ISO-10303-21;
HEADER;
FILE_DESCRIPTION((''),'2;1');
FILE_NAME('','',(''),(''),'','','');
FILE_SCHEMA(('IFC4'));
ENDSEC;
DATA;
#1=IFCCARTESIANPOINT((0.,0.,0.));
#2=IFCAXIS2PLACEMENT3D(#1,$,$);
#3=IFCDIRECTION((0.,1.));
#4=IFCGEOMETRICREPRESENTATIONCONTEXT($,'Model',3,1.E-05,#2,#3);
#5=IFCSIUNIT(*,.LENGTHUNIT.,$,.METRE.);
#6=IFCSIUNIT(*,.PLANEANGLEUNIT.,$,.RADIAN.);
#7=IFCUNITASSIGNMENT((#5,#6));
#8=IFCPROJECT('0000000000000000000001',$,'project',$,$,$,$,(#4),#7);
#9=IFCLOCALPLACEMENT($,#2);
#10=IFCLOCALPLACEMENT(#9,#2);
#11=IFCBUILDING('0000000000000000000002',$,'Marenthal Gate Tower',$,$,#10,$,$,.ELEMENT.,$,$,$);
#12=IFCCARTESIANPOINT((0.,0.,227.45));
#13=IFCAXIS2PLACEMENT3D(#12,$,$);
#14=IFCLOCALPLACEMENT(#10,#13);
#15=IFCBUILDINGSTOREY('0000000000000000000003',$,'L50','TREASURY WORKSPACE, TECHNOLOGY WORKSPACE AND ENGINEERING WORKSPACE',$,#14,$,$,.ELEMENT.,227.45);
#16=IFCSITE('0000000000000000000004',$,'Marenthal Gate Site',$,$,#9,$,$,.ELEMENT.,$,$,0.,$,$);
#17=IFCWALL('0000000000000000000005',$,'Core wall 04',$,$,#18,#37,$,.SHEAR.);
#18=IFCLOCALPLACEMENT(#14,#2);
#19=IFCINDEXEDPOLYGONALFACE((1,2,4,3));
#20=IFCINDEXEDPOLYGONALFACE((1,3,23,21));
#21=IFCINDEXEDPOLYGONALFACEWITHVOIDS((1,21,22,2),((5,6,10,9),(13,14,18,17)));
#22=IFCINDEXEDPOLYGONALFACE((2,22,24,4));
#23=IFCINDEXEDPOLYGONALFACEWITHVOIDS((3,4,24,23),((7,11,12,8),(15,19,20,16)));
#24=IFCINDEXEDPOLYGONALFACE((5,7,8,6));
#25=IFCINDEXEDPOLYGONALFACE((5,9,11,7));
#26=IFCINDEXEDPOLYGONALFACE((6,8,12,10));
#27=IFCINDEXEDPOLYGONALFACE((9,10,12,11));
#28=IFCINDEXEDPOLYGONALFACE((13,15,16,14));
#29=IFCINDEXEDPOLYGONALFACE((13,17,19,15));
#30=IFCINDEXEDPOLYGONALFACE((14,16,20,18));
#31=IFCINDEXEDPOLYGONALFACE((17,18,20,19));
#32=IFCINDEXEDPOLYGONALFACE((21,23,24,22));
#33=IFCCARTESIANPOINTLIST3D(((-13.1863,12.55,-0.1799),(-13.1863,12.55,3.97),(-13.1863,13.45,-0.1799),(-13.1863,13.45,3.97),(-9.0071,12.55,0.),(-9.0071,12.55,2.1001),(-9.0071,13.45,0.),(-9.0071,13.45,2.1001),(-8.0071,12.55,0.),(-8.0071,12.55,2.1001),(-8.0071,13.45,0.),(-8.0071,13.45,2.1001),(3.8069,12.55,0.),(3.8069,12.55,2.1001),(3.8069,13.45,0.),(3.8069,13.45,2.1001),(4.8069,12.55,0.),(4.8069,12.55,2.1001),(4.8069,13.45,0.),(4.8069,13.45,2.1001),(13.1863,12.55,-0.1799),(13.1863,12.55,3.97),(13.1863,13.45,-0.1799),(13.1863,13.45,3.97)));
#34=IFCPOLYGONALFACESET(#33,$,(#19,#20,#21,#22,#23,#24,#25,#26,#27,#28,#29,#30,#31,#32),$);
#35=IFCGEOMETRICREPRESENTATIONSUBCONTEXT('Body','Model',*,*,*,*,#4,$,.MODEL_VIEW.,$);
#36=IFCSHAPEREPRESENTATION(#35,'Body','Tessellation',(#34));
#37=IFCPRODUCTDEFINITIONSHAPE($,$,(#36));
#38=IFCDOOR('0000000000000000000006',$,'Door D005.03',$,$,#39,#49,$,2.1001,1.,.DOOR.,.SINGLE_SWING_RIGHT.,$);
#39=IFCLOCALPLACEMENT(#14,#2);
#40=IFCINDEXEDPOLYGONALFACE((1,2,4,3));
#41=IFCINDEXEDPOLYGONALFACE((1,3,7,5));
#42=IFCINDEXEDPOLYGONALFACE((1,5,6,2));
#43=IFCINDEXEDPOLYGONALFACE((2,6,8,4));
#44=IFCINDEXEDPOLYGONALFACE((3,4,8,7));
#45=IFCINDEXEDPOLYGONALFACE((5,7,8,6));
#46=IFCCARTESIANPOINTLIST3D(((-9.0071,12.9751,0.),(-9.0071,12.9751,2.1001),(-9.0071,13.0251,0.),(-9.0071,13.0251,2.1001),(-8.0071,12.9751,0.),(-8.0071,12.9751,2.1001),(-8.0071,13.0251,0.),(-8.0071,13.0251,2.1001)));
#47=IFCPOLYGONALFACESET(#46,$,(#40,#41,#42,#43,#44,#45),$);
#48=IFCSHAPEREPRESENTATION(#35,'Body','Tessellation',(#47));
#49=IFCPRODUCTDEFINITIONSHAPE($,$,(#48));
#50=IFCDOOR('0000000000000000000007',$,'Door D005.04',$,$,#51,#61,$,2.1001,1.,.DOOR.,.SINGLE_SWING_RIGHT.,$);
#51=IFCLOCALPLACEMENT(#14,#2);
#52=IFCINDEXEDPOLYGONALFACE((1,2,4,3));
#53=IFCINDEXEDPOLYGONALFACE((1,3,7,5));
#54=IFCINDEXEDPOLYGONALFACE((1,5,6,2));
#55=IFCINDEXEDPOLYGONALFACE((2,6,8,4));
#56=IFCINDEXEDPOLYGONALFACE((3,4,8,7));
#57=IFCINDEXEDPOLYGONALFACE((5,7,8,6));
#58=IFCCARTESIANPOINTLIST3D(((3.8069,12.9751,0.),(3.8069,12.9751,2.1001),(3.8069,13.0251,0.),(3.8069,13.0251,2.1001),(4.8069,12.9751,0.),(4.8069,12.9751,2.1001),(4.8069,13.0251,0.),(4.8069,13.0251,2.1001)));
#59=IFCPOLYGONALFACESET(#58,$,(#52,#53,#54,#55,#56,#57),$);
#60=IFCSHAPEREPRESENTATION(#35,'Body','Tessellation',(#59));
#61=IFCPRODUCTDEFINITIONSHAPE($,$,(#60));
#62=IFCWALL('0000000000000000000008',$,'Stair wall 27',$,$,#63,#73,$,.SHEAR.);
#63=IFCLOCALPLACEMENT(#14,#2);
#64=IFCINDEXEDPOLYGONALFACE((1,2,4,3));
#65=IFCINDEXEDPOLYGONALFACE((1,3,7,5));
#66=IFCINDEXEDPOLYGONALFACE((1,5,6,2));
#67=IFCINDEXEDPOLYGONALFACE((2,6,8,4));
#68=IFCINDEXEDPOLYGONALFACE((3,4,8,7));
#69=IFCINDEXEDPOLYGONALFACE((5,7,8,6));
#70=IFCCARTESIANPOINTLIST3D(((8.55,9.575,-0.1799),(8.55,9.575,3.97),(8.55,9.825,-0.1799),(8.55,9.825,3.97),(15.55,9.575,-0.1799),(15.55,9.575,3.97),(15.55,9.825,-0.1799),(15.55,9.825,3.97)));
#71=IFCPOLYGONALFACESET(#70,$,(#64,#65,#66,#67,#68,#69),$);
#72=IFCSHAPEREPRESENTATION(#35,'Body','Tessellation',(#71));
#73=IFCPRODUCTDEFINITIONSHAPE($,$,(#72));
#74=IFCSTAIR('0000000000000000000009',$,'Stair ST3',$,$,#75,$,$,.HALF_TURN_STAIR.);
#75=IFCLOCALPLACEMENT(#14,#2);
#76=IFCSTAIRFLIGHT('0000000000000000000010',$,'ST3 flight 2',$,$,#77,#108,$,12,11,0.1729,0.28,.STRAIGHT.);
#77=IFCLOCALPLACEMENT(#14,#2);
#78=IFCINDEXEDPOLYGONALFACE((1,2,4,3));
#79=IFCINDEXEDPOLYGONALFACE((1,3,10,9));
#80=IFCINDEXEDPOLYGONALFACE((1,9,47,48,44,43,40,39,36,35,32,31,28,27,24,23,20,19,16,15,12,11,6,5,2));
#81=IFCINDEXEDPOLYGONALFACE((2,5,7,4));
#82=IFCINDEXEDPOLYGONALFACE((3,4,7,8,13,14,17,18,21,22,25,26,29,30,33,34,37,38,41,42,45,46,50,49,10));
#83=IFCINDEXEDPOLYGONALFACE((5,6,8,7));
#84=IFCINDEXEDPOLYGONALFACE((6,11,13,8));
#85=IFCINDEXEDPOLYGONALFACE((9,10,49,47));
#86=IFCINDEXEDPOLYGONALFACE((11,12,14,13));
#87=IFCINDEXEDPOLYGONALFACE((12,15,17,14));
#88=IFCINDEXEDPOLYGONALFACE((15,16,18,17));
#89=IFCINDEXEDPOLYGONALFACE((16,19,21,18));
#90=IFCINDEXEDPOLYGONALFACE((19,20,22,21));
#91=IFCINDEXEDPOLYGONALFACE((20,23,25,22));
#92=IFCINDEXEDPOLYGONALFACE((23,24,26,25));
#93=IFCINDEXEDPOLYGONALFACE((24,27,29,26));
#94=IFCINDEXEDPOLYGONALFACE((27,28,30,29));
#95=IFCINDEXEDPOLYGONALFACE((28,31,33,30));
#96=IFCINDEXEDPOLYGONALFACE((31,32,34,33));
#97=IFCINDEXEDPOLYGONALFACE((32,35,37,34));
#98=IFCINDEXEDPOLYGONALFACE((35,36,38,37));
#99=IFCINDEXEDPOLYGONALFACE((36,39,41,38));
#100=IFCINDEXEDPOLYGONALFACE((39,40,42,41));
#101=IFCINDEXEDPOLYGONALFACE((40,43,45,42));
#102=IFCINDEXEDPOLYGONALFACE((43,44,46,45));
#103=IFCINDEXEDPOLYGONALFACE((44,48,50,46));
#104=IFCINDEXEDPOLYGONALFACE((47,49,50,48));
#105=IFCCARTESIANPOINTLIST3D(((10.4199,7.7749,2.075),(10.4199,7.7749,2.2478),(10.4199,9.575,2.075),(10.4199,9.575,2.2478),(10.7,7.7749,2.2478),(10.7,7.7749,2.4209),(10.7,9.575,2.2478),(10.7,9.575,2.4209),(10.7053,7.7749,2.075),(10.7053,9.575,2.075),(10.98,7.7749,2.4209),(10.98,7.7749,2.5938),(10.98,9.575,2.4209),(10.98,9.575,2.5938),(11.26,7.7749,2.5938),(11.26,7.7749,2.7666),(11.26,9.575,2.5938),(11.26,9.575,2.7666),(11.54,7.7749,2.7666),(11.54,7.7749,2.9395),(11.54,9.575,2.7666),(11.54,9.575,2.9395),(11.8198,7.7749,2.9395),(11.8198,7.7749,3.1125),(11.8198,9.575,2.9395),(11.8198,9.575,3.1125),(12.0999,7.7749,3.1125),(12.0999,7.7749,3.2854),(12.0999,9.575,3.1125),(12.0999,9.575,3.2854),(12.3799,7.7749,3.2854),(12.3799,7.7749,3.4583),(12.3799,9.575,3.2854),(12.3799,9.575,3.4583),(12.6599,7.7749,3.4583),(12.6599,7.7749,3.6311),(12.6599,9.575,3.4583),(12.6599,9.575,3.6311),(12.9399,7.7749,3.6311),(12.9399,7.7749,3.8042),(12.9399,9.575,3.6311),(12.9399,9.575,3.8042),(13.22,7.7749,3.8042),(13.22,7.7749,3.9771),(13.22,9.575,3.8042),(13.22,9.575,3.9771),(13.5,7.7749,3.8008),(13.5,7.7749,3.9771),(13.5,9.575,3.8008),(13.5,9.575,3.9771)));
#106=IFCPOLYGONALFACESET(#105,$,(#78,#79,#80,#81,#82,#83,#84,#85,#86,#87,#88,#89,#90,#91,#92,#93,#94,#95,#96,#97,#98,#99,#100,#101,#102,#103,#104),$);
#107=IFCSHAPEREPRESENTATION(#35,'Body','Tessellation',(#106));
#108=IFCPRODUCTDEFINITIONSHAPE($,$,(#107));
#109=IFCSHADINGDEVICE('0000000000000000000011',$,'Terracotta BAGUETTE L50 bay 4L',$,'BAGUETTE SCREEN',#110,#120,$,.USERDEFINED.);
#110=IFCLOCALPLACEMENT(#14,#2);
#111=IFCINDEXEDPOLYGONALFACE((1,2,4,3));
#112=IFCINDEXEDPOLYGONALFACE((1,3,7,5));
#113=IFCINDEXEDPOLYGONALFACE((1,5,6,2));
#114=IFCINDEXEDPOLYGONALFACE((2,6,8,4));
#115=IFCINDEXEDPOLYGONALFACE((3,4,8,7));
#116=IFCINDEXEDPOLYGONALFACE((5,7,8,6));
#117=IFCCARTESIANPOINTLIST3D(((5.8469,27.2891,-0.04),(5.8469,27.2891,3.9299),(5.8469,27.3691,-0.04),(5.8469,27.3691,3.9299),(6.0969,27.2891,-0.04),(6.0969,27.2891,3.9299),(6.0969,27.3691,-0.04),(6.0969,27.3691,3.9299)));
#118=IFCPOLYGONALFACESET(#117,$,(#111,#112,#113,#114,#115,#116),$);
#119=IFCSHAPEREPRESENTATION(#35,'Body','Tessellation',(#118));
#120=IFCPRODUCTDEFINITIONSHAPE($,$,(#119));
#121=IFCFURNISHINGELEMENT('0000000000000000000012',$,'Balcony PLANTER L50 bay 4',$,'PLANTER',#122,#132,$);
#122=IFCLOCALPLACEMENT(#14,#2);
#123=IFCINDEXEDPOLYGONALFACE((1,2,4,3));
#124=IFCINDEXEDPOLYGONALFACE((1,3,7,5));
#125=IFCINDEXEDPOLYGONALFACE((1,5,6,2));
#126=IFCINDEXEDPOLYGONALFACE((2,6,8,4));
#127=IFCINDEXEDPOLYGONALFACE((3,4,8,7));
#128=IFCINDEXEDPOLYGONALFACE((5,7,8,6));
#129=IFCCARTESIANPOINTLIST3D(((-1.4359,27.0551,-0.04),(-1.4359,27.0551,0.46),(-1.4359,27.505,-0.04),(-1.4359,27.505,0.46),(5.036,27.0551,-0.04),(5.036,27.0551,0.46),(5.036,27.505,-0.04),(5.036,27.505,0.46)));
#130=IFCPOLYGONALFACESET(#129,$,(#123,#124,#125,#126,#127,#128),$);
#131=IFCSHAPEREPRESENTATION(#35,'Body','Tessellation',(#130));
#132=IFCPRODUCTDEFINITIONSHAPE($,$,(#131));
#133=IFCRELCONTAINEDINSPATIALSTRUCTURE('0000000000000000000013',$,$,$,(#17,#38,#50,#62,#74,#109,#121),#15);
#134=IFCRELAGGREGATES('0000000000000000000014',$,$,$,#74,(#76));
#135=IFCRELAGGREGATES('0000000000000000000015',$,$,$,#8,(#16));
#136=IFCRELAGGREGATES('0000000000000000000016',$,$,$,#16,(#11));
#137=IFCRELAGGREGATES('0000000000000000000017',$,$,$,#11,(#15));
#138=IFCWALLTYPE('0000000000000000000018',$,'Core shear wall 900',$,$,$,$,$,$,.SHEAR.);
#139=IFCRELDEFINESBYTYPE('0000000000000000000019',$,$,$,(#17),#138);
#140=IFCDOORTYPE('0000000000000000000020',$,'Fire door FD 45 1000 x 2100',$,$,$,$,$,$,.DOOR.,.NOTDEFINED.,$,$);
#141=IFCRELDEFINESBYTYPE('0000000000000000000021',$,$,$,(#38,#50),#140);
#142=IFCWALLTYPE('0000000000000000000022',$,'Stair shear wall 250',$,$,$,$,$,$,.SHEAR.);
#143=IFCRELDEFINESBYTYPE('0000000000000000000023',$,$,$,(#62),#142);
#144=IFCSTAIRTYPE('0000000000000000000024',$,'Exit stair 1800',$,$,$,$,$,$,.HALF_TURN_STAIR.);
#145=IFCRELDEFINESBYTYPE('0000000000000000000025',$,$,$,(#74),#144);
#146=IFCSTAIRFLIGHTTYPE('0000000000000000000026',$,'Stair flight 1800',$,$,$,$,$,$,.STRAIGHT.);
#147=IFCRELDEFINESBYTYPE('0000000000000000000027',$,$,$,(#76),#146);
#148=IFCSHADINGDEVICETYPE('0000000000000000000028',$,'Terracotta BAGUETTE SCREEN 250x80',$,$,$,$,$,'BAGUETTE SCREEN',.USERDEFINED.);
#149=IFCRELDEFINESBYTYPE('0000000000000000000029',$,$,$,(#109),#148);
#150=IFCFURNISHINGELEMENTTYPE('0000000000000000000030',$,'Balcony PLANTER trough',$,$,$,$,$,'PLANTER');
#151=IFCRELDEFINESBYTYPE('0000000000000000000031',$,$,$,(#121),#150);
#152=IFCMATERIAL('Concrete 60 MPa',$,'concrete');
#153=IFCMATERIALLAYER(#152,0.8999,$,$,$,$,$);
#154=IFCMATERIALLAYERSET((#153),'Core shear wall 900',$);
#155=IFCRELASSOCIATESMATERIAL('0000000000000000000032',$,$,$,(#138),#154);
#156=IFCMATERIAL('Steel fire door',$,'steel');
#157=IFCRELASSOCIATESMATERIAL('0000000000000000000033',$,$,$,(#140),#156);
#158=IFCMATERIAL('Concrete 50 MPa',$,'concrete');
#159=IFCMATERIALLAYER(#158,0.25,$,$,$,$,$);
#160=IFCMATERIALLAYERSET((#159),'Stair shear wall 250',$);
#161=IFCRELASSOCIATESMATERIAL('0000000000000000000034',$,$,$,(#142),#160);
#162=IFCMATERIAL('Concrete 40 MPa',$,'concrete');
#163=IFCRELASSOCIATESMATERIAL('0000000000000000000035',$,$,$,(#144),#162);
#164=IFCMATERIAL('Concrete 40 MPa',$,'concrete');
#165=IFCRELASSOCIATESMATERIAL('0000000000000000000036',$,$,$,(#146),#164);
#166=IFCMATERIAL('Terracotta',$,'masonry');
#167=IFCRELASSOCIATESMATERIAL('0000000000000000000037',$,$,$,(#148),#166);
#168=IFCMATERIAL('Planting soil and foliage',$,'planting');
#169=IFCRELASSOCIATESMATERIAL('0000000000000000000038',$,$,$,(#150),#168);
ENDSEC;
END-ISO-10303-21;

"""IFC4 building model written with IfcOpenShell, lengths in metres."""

from ifc_helpers import new_model, si_unit, direction, frame, frame_2d, origin, origin_2d, place, context, subcontext, project, spatial, polyline, rectangle, outline, extrude, material, layer, layer_set, material_profile, profile_set, type_object, element, fill, aggregate, save


model = new_model("IFC4")

# Units and contexts
model_context = context("Model", 3, precision=1e-05, world=origin(), true_north=direction((0.0, 1.0)))
body_context = subcontext(model_context, "Body", "Model", "MODEL_VIEW")
ifc_project = project(units=[si_unit("LENGTHUNIT", "METRE"), si_unit("PLANEANGLEUNIT", "RADIAN")], contexts=[model_context])

# Site, building, storey
site_placement = place(None, origin())
site = spatial("IfcSite", under=ifc_project, at=site_placement, Name="Marenthal Gate Site", CompositionType="ELEMENT", RefElevation=0.0)
building_placement = place(site_placement, origin())
building = spatial("IfcBuilding", under=site, at=building_placement, Name="Marenthal Gate Tower", CompositionType="ELEMENT")
storey_placement = place(building_placement, frame((0.0, 0.0, 227.45)))
storey = spatial("IfcBuildingStorey", under=building, at=storey_placement, Name="L50", Description="TREASURY WORKSPACE, TECHNOLOGY WORKSPACE AND ENGINEERING WORKSPACE", CompositionType="ELEMENT", Elevation=227.45)

# Wall, openings, doors
ifc_material_1 = material(Name="Concrete 60 MPa", Category="concrete")
ifc_layer_1 = layer(ifc_material_1, 0.8999)
ifc_layer_set_1 = layer_set([ifc_layer_1], Name="Core shear wall 900")
wall_type_1 = type_object("IfcWallType", Name="Core shear wall 900", PredefinedType="SHEAR", material=ifc_layer_set_1)
wall_1_placement = place(storey_placement, frame((13.1863, 13.0, -0.1799), z_axis=(0.0, 0.0, 1.0), x_axis=(-1.0, 0.0, 0.0)))
wall_1 = element("IfcWall", 1, at=wall_1_placement, inside=storey, type_object=wall_type_1, Name="Core wall 04", PredefinedType="SHEAR", context=body_context, shape_type="SweptSolid", body=[
    extrude(rectangle(XDim=26.3726, YDim=0.8999, at=frame_2d((13.1863, 0.0))), origin(), (0.0, 0.0, 1.0), 4.1499),
])
opening_1_placement = place(wall_1_placement, frame((21.1934, 0.0, 0.1799)))
opening_1 = element("IfcOpeningElement", 2, at=opening_1_placement, cuts=wall_1, PredefinedType="OPENING", context=body_context, shape_type="SweptSolid", body=[
    extrude(rectangle(XDim=1.0, YDim=2.1001, at=frame_2d((0.5, 1.05))), frame((0.0, 0.46, 0.0), z_axis=(0.0, -1.0, 0.0), x_axis=(1.0, 0.0, 0.0)), (0.0, 0.0, 1.0), 0.9199),
])
opening_2_placement = place(wall_1_placement, frame((8.3794, 0.0, 0.1799)))
opening_2 = element("IfcOpeningElement", 3, at=opening_2_placement, cuts=wall_1, PredefinedType="OPENING", context=body_context, shape_type="SweptSolid", body=[
    extrude(rectangle(XDim=1.0, YDim=2.1001, at=frame_2d((0.5, 1.05))), frame((0.0, 0.46, 0.0), z_axis=(0.0, -1.0, 0.0), x_axis=(1.0, 0.0, 0.0)), (0.0, 0.0, 1.0), 0.9199),
])
ifc_material_2 = material(Name="Steel fire door", Category="steel")
door_type_1 = type_object("IfcDoorType", Name="Fire door FD 45 1000 x 2100", OperationType="NOTDEFINED", PredefinedType="DOOR", material=ifc_material_2)
door_1_placement = place(opening_1_placement, origin())
door_1 = element("IfcDoor", 4, at=door_1_placement, inside=storey, type_object=door_type_1, Name="Door D005.03", OperationType="SINGLE_SWING_RIGHT", OverallHeight=2.1001, OverallWidth=1.0, PredefinedType="DOOR", context=body_context, shape_type="SweptSolid", body=[
    extrude(rectangle(XDim=1.0, YDim=2.1001, at=frame_2d((0.5, 1.05))), frame((0.0, 0.0249, 0.0), z_axis=(0.0, -1.0, 0.0), x_axis=(1.0, 0.0, 0.0)), (0.0, 0.0, 1.0), 0.05),
])
fill(opening_1, door_1)
door_2_placement = place(opening_2_placement, origin())
door_2 = element("IfcDoor", 5, at=door_2_placement, inside=storey, type_object=door_type_1, Name="Door D005.04", OperationType="SINGLE_SWING_RIGHT", OverallHeight=2.1001, OverallWidth=1.0, PredefinedType="DOOR", context=body_context, shape_type="SweptSolid", body=[
    extrude(rectangle(XDim=1.0, YDim=2.1001, at=frame_2d((0.5, 1.05))), frame((0.0, 0.0249, 0.0), z_axis=(0.0, -1.0, 0.0), x_axis=(1.0, 0.0, 0.0)), (0.0, 0.0, 1.0), 0.05),
])
fill(opening_2, door_2)

# Wall
ifc_material_3 = material(Name="Concrete 50 MPa", Category="concrete")
ifc_layer_2 = layer(ifc_material_3, 0.25)
ifc_layer_set_2 = layer_set([ifc_layer_2], Name="Stair shear wall 250")
wall_type_2 = type_object("IfcWallType", Name="Stair shear wall 250", PredefinedType="SHEAR", material=ifc_layer_set_2)
wall_2_placement = place(storey_placement, frame((8.55, 9.7, -0.1799), z_axis=(0.0, 0.0, 1.0), x_axis=(1.0, 0.0, 0.0)))
element("IfcWall", 6, at=wall_2_placement, inside=storey, type_object=wall_type_2, Name="Stair wall 27", PredefinedType="SHEAR", context=body_context, shape_type="SweptSolid", body=[
    extrude(rectangle(XDim=7.0, YDim=0.25, at=frame_2d((3.5, 0.0))), origin(), (0.0, 0.0, 1.0), 4.1499),
])

# Stair, stair flight
ifc_material_4 = material(Name="Concrete 40 MPa", Category="concrete")
stair_type = type_object("IfcStairType", Name="Exit stair 1800", PredefinedType="HALF_TURN_STAIR", material=ifc_material_4)
stair_placement = place(storey_placement, origin())
stair = element("IfcStair", 7, at=stair_placement, inside=storey, type_object=stair_type, Name="Stair ST3", PredefinedType="HALF_TURN_STAIR")
ifc_material_5 = material(Name="Concrete 40 MPa", Category="concrete")
stair_flight_type = type_object("IfcStairFlightType", Name="Stair flight 1800", PredefinedType="STRAIGHT", material=ifc_material_5)
stair_flight_placement = place(storey_placement, frame((10.4199, 8.675, 2.075), z_axis=(0.0, 0.0, 1.0), x_axis=(1.0, 0.0, 0.0)))
stair_flight = element("IfcStairFlight", 8, at=stair_flight_placement, type_object=stair_flight_type, Name="ST3 flight 2", NumberOfRisers=12, NumberOfTreads=11, PredefinedType="STRAIGHT", RiserHeight=0.1729, TreadLength=0.28, context=body_context, shape_type="SweptSolid", body=[
    extrude(outline(polyline([(0.0, 0.0), (0.0, 0.1729), (0.28, 0.1729), (0.28, 0.3459), (0.5601, 0.3459), (0.5601, 0.5188), (0.8401, 0.5188), (0.8401, 0.6917), (1.1201, 0.6917), (1.1201, 0.8645), (1.3999, 0.8645), (1.3999, 1.0376), (1.6799, 1.0376), (1.6799, 1.2104), (1.96, 1.2104), (1.96, 1.3833), (2.24, 1.3833), (2.24, 1.5562), (2.52, 1.5562), (2.52, 1.7292), (2.8, 1.7292), (2.8, 1.9021), (3.0801, 1.9021), (3.0801, 2.075), (3.0801, 1.7258), (0.2854, 0.0), (0.0, 0.0)])), frame((0.0, 0.8999, 0.0), z_axis=(0.0, -1.0, 0.0), x_axis=(1.0, 0.0, 0.0)), (0.0, 0.0, 1.0), 1.8),
])
aggregate(stair, [stair_flight])

# Shading device
ifc_material_6 = material(Name="Terracotta", Category="masonry")
ifc_material_profile_1 = material_profile(ifc_material_6, rectangle(XDim=0.25, YDim=0.0801, at=origin_2d()), Name="Terracotta baguette 250x80")
ifc_profile_set_1 = profile_set([ifc_material_profile_1], Name="Terracotta")
shading_device_type = type_object("IfcShadingDeviceType", Name="Terracotta BAGUETTE SCREEN 250x80", ElementType="BAGUETTE SCREEN", PredefinedType="USERDEFINED", material=ifc_profile_set_1)
shading_device_placement = place(storey_placement, frame((5.9719, 27.3291, -0.04), z_axis=(0.0, 0.0, 1.0), x_axis=(-1.0, 0.0, 0.0)))
element("IfcShadingDevice", 9, at=shading_device_placement, inside=storey, type_object=shading_device_type, Name="Terracotta BAGUETTE L50 bay 4L", ObjectType="BAGUETTE SCREEN", PredefinedType="USERDEFINED", context=body_context, shape_type="SweptSolid", body=[
    extrude(rectangle(XDim=0.25, YDim=0.0801, at=origin_2d()), origin(), (0.0, 0.0, 1.0), 3.97),
])

# Furnishing element
ifc_material_7 = material(Name="Planting soil and foliage", Category="planting")
furnishing_element_type = type_object("IfcFurnishingElementType", Name="Balcony PLANTER trough", ElementType="PLANTER", material=ifc_material_7)
furnishing_placement = place(storey_placement, frame((1.8, 27.28, -0.04), z_axis=(0.0, 0.0, 1.0), x_axis=(-1.0, 0.0, 0.0)))
element("IfcFurnishingElement", 10, at=furnishing_placement, inside=storey, type_object=furnishing_element_type, Name="Balcony PLANTER L50 bay 4", ObjectType="PLANTER", context=body_context, shape_type="SweptSolid", body=[
    extrude(rectangle(XDim=6.4719, YDim=0.45, at=origin_2d()), origin(), (0.0, 0.0, 1.0), 0.5),
])

save(model, "model.ifc")
